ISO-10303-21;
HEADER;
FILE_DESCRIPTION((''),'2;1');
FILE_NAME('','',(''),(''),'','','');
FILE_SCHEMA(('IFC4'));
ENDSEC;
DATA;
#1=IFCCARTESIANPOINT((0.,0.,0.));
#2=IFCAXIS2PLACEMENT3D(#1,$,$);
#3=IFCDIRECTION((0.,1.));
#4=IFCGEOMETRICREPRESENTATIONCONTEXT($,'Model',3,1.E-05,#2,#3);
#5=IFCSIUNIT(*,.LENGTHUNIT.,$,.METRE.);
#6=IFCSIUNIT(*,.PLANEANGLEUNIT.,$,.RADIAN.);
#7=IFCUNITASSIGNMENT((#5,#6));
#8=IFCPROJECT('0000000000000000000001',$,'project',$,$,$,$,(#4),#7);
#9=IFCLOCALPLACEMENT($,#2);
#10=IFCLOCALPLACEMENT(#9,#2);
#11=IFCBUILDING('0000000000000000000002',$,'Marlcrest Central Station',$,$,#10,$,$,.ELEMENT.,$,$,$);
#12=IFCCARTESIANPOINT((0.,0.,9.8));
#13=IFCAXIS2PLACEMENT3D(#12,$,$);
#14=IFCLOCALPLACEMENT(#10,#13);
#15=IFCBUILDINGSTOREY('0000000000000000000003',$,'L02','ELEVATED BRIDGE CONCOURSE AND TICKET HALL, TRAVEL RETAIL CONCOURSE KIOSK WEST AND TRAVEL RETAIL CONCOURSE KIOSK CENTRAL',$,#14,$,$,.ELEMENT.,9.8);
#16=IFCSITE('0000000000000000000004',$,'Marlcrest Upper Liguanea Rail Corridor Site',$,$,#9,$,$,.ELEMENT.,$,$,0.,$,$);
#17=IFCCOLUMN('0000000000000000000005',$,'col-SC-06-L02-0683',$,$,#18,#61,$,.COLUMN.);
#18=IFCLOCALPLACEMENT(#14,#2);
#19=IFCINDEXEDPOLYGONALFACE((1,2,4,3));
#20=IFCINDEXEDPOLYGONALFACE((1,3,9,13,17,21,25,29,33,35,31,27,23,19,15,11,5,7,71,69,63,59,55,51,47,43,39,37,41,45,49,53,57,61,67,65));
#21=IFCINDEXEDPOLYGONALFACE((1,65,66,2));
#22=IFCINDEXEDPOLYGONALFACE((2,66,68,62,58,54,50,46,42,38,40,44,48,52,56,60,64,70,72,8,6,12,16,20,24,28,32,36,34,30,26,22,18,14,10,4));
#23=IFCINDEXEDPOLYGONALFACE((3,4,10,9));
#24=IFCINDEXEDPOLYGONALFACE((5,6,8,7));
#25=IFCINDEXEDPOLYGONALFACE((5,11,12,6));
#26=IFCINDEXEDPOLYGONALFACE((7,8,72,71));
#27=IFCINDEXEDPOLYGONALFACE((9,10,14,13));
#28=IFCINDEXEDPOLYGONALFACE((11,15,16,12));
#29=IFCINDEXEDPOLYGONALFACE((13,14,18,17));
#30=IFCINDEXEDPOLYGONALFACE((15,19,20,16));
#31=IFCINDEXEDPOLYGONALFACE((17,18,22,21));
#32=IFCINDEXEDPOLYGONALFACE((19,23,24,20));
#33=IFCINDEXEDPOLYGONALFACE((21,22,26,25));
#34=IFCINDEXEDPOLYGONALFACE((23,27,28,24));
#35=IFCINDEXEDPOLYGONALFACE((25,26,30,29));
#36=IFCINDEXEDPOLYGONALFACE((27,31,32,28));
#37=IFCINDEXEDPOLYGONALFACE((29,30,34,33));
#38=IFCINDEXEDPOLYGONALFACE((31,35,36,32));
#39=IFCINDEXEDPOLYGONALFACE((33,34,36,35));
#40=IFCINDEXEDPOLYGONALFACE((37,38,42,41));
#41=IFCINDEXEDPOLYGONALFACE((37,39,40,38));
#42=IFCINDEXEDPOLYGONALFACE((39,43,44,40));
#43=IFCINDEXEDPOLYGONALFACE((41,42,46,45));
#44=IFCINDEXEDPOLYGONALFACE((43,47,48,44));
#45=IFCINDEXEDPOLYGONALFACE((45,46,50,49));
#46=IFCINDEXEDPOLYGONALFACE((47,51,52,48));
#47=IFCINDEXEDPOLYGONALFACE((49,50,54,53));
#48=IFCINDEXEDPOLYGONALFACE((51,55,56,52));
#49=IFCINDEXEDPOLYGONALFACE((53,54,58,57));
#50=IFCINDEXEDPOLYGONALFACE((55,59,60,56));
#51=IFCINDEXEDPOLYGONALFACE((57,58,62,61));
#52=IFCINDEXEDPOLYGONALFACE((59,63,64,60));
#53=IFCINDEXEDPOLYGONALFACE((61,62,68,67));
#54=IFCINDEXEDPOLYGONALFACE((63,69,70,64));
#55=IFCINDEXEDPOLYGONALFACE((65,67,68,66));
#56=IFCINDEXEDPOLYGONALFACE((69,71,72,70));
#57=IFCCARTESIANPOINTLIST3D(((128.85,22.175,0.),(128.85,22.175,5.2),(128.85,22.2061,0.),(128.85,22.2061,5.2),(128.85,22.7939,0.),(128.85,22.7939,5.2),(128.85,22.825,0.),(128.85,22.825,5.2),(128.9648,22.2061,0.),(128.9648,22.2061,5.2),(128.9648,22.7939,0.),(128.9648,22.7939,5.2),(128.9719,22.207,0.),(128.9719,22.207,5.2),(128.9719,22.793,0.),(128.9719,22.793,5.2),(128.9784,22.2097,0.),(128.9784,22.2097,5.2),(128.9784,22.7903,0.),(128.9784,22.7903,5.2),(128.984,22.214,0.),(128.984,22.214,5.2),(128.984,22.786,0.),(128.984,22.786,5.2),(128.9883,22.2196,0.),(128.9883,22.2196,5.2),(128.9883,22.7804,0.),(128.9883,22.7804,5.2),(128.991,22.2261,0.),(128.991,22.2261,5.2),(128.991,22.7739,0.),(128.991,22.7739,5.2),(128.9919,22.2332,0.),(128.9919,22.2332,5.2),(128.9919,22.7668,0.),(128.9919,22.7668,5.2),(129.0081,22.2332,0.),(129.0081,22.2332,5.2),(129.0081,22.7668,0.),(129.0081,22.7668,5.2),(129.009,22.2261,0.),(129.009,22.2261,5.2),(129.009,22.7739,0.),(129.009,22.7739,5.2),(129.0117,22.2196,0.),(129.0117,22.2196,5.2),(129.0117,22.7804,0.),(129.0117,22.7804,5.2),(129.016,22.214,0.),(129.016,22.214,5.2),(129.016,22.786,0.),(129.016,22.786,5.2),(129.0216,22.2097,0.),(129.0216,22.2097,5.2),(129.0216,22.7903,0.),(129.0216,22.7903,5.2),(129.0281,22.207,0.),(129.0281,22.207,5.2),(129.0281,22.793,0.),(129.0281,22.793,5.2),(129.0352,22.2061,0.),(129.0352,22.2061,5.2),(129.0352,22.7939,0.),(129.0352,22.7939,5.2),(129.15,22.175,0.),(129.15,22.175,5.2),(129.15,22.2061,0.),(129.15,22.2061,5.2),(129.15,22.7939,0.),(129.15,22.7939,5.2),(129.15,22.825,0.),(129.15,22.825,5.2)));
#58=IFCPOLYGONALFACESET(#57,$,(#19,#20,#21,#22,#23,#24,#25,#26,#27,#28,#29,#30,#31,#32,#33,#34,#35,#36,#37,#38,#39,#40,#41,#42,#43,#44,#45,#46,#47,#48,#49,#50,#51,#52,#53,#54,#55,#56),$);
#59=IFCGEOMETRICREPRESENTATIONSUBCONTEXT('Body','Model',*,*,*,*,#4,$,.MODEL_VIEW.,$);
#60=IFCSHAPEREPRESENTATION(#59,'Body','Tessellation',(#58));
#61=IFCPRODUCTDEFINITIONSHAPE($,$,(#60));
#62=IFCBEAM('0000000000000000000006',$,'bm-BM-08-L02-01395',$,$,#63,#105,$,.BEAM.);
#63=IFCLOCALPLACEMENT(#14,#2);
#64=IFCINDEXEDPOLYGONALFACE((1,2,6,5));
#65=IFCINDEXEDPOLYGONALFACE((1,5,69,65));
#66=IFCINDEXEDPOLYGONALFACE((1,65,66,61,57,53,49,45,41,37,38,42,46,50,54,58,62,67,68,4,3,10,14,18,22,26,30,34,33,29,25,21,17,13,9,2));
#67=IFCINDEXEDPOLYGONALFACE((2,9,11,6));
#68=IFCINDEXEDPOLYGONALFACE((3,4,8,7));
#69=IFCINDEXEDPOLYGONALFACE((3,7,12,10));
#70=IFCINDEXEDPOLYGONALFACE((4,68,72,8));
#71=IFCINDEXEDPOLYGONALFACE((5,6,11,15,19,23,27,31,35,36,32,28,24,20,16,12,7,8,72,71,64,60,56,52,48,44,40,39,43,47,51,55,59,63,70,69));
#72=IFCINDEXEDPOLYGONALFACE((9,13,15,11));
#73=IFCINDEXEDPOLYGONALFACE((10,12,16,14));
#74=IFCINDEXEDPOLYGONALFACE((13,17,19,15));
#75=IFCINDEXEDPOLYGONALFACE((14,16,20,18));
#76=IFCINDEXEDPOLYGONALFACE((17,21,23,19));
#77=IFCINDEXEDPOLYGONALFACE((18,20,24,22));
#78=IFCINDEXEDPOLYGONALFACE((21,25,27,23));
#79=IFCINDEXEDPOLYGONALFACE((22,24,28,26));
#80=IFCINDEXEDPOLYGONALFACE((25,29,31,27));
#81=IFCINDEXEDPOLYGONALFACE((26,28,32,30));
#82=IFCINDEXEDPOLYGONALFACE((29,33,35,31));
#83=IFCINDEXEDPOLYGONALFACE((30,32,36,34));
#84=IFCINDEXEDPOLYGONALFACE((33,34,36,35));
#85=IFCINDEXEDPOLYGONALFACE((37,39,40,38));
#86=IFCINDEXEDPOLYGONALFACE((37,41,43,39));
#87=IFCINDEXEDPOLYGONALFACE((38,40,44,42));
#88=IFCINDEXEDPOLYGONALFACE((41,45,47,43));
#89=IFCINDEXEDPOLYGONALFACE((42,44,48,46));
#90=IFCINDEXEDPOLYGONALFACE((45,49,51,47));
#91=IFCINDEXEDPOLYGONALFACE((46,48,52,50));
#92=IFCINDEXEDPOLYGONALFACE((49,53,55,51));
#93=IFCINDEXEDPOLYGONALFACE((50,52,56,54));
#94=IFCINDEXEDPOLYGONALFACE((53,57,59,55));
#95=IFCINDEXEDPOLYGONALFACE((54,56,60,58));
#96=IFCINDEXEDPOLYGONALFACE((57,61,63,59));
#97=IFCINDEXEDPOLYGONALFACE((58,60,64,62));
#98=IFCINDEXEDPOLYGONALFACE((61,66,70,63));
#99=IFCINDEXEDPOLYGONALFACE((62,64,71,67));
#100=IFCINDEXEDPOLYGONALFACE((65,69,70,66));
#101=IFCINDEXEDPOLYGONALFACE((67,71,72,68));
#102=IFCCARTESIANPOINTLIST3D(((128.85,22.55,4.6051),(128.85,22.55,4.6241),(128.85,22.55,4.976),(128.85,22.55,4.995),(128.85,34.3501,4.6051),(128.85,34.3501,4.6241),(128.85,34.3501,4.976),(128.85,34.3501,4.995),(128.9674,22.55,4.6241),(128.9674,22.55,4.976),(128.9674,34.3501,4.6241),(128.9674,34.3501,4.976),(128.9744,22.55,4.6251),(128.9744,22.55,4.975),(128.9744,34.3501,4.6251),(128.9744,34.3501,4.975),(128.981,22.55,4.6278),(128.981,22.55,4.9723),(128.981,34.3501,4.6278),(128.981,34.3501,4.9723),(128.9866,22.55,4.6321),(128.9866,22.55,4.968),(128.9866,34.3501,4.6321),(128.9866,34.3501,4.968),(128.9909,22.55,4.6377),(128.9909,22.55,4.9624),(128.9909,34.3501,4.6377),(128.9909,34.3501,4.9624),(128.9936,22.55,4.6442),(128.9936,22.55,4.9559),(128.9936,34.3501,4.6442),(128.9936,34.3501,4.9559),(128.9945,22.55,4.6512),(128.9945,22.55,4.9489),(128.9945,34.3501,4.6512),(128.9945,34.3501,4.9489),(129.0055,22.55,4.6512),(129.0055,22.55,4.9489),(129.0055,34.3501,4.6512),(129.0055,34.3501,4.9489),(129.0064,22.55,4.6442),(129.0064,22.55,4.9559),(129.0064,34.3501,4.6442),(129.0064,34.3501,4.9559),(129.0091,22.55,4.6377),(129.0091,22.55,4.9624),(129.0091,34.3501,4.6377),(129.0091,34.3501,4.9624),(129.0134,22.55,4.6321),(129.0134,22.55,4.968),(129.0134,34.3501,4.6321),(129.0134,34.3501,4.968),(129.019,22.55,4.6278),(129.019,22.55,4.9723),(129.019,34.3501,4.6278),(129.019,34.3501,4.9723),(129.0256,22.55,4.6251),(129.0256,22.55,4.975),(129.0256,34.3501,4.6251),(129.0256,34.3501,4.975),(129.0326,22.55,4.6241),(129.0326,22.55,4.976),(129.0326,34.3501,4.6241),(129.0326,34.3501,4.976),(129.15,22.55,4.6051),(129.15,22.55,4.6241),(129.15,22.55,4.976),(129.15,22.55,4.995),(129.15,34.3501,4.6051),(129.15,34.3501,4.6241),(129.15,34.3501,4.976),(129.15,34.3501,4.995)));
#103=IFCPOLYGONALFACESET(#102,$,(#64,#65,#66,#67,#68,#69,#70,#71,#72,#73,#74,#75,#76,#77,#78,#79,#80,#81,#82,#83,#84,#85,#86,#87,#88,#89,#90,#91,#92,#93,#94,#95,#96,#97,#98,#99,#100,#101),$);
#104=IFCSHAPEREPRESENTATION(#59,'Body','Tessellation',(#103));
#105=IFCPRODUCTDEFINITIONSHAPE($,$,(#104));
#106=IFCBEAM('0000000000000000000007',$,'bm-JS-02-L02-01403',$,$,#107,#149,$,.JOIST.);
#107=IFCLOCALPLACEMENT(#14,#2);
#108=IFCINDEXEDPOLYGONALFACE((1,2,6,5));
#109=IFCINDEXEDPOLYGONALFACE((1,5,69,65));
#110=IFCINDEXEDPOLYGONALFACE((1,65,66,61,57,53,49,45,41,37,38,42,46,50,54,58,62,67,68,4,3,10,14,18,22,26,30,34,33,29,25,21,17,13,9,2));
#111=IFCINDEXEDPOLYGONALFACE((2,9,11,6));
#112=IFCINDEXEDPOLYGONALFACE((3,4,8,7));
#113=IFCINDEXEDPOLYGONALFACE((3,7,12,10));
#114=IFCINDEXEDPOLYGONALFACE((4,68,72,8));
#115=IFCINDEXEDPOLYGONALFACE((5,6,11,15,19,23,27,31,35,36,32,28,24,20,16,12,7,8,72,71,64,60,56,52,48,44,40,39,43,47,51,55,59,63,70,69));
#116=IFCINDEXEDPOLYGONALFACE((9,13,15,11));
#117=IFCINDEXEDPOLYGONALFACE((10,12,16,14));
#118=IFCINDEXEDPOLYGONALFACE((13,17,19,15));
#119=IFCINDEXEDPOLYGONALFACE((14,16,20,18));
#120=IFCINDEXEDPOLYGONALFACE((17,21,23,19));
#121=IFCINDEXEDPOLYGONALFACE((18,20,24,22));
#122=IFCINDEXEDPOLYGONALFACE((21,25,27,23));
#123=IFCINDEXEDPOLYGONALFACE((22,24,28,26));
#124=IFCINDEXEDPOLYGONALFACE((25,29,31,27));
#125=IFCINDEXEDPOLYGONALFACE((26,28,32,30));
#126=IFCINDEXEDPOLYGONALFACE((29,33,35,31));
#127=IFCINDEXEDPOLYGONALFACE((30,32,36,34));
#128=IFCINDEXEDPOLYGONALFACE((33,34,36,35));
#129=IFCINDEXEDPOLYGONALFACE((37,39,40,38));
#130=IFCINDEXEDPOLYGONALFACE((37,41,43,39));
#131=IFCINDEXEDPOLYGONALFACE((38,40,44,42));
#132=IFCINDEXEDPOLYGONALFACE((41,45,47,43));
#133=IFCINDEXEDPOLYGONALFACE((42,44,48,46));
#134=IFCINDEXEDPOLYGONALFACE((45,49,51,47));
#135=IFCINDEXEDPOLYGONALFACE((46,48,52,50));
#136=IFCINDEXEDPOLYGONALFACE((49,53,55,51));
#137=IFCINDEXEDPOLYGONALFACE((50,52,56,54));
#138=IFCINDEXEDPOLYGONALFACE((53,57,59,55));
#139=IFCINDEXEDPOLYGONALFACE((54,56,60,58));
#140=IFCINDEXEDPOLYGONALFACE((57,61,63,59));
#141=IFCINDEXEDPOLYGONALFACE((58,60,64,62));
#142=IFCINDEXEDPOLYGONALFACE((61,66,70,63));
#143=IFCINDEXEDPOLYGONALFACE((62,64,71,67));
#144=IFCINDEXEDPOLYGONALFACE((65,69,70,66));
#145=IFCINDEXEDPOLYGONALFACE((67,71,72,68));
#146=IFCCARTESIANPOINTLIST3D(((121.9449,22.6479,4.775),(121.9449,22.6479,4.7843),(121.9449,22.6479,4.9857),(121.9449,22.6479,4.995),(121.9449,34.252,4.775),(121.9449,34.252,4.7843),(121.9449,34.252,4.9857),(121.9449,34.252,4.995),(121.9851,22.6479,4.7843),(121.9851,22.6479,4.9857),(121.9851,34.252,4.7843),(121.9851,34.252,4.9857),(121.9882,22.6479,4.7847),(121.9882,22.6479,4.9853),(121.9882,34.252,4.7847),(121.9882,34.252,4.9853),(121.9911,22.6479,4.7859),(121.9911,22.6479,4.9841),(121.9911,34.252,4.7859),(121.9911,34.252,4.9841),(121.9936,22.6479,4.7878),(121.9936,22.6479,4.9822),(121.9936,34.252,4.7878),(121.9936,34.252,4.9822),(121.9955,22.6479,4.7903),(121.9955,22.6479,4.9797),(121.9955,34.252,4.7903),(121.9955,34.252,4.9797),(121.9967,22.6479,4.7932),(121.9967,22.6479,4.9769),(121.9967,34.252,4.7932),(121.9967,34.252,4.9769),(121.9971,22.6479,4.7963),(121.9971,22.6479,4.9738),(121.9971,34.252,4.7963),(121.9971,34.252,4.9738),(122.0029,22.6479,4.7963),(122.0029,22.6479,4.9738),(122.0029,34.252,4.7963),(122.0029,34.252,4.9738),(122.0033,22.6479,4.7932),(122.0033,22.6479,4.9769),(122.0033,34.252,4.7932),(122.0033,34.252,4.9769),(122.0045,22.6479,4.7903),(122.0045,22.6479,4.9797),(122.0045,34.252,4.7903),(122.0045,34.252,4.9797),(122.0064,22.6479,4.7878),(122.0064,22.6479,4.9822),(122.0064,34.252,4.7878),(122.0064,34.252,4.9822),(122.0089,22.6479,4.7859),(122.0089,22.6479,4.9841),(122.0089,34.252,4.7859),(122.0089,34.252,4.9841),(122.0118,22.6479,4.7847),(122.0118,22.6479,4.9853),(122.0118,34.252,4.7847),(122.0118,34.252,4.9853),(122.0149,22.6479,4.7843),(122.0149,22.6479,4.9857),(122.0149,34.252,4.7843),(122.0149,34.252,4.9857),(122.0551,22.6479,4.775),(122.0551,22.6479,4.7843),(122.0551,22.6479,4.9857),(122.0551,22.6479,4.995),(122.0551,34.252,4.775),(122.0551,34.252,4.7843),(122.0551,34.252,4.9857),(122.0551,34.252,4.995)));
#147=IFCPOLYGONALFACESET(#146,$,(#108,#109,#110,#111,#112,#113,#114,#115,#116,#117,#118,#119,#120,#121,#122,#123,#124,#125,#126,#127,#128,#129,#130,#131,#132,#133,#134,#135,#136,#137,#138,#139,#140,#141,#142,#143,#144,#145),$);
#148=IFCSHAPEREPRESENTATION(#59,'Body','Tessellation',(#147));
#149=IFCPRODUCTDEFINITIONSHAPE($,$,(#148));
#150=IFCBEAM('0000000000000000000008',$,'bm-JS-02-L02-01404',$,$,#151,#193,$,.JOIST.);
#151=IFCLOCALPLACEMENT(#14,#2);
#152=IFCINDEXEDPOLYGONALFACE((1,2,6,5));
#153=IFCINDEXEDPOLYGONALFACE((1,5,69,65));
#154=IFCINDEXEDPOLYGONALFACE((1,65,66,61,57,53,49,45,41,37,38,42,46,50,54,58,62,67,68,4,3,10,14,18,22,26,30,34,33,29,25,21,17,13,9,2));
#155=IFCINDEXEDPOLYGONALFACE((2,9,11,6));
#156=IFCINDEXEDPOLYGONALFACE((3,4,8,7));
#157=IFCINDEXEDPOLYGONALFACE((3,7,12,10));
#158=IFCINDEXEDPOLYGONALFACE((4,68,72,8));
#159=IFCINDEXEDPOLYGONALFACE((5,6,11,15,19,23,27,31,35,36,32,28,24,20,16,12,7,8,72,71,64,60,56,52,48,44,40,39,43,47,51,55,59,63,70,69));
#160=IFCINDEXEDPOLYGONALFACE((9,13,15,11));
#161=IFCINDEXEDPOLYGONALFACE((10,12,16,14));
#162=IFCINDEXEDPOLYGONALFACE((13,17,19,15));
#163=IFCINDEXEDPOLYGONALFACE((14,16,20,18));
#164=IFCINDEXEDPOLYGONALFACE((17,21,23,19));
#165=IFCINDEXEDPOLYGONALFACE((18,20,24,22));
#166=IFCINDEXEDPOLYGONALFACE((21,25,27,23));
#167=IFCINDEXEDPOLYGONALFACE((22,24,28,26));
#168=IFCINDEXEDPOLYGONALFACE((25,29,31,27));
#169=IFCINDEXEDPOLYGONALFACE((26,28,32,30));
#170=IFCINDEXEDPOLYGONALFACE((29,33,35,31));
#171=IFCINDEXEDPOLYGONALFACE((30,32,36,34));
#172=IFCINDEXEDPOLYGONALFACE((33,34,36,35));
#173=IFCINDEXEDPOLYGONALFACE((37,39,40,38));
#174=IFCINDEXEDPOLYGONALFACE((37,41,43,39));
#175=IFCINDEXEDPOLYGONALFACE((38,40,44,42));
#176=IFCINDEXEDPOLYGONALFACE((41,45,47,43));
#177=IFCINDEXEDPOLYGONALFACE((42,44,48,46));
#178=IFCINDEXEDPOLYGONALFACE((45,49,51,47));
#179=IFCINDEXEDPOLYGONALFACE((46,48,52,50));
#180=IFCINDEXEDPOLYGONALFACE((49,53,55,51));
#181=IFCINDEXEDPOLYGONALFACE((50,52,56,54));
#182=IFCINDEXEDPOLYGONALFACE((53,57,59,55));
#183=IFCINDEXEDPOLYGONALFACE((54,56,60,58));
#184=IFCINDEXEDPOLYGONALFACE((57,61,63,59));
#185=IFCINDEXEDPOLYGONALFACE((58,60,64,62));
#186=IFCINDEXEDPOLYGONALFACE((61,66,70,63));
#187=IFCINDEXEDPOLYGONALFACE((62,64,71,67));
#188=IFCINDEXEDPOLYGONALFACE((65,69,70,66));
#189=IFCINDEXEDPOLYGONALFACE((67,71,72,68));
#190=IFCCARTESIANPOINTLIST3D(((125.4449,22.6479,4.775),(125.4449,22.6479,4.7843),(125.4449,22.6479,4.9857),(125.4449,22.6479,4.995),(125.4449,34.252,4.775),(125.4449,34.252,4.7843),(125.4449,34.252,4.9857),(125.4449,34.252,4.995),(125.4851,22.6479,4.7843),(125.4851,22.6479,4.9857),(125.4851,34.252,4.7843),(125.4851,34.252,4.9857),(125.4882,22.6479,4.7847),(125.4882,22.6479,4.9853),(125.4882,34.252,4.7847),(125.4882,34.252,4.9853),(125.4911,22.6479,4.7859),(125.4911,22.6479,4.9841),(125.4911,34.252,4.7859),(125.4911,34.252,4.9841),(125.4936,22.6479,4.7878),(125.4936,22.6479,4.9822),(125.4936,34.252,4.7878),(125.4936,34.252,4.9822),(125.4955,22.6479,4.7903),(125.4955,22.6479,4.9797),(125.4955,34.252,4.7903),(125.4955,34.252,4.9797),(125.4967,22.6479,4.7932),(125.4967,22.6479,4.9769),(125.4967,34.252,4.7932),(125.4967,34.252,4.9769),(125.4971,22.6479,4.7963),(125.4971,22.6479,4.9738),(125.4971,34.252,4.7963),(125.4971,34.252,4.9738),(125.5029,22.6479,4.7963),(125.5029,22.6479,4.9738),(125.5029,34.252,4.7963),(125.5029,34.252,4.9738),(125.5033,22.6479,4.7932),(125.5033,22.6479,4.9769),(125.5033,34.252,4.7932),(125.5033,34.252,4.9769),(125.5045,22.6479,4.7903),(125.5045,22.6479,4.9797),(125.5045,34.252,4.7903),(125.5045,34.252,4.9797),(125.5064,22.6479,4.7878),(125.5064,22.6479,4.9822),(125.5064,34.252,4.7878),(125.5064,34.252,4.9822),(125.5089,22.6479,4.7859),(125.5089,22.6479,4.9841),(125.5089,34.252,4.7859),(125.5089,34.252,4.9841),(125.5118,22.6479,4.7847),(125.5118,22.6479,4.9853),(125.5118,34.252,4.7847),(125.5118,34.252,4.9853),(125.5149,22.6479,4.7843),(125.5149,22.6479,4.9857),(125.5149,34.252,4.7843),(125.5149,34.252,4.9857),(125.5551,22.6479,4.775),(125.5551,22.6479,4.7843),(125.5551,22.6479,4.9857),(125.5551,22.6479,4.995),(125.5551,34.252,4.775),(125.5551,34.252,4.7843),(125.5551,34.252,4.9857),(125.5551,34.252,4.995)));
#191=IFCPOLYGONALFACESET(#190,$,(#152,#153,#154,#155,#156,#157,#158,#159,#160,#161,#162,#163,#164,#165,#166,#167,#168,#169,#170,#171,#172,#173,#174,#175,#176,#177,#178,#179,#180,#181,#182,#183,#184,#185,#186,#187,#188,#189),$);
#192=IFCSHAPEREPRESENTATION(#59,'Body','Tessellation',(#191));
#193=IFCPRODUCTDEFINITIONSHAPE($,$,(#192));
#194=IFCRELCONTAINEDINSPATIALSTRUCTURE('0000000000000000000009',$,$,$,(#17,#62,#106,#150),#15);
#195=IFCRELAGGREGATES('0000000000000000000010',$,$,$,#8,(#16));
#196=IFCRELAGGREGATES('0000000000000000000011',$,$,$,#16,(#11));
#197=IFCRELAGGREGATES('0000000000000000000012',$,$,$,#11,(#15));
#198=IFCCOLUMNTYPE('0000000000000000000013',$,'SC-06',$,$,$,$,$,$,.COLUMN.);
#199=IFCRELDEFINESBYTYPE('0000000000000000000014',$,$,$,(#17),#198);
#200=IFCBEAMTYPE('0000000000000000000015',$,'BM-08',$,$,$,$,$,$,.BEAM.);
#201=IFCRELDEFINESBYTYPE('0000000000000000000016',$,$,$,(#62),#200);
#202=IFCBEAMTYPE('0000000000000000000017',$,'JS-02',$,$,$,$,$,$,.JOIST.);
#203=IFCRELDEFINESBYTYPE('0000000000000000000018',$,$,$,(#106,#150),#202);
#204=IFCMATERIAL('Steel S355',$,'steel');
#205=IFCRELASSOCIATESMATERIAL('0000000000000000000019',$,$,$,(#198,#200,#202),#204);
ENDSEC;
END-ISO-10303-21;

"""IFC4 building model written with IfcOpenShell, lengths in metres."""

from ifc_helpers import new_model, si_unit, direction, frame, origin, origin_2d, place, context, subcontext, project, spatial, i_section, extrude, material, material_profile, profile_set, type_object, element, save


model = new_model("IFC4")

# Units and contexts
model_context = context("Model", 3, precision=1e-05, world=origin(), true_north=direction((0.0, 1.0)))
body_context = subcontext(model_context, "Body", "Model", "MODEL_VIEW")
ifc_project = project(units=[si_unit("LENGTHUNIT", "METRE"), si_unit("PLANEANGLEUNIT", "RADIAN")], contexts=[model_context])

# Site, building, storey
site_placement = place(None, origin())
site = spatial("IfcSite", under=ifc_project, at=site_placement, Name="Marlcrest Upper Liguanea Rail Corridor Site", CompositionType="ELEMENT", RefElevation=0.0)
building_placement = place(site_placement, origin())
building = spatial("IfcBuilding", under=site, at=building_placement, Name="Marlcrest Central Station", CompositionType="ELEMENT")
storey_placement = place(building_placement, frame((0.0, 0.0, 9.8)))
storey = spatial("IfcBuildingStorey", under=building, at=storey_placement, Name="L02", Description="ELEVATED BRIDGE CONCOURSE AND TICKET HALL, TRAVEL RETAIL CONCOURSE KIOSK WEST AND TRAVEL RETAIL CONCOURSE KIOSK CENTRAL", CompositionType="ELEMENT", Elevation=9.8)

# Column
ifc_material_1 = material(Name="Steel S355", Category="steel")
ifc_material_profile_1 = material_profile(ifc_material_1, i_section(OverallWidth=0.3, OverallDepth=0.6499, WebThickness=0.0161, FlangeThickness=0.031, FilletRadius=0.0271, at=origin_2d()), Name="HEB 650")
ifc_profile_set_1 = profile_set([ifc_material_profile_1], Name="Steel S355")
column_type = type_object("IfcColumnType", Name="SC-06", PredefinedType="COLUMN", material=ifc_profile_set_1)
column_placement = place(storey_placement, frame((129.0, 22.5, 0.0), z_axis=(0.0, 0.0, 1.0), x_axis=(1.0, 0.0, 0.0)))
element("IfcColumn", 1, at=column_placement, inside=storey, type_object=column_type, Name="col-SC-06-L02-0683", PredefinedType="COLUMN", context=body_context, shape_type="SweptSolid", body=[
    extrude(i_section(OverallWidth=0.3, OverallDepth=0.6499, WebThickness=0.0161, FlangeThickness=0.031, FilletRadius=0.0271, at=origin_2d()), origin(), (0.0, 0.0, 1.0), 5.2),
])

# Beams
ifc_material_profile_2 = material_profile(ifc_material_1, i_section(OverallWidth=0.3, OverallDepth=0.3899, WebThickness=0.011, FlangeThickness=0.019, FilletRadius=0.0271, at=origin_2d()), Name="HEA 400")
ifc_profile_set_2 = profile_set([ifc_material_profile_2], Name="Steel S355")
beam_type_1 = type_object("IfcBeamType", Name="BM-08", PredefinedType="BEAM", material=ifc_profile_set_2)
beam_placement = place(storey_placement, frame((129.0, 22.55, 4.8), z_axis=(0.0, 1.0, 0.0), x_axis=(-1.0, 0.0, 0.0)))
element("IfcBeam", 2, at=beam_placement, inside=storey, type_object=beam_type_1, Name="bm-BM-08-L02-01395", PredefinedType="BEAM", context=body_context, shape_type="SweptSolid", body=[
    extrude(i_section(OverallWidth=0.3, OverallDepth=0.3899, WebThickness=0.011, FlangeThickness=0.019, FilletRadius=0.0271, at=origin_2d()), origin(), (0.0, 0.0, 1.0), 11.8),
])
ifc_material_profile_3 = material_profile(ifc_material_1, i_section(OverallWidth=0.1101, OverallDepth=0.22, WebThickness=0.0059, FlangeThickness=0.0093, FilletRadius=0.012, at=origin_2d()), Name="IPE 220")
ifc_profile_set_3 = profile_set([ifc_material_profile_3], Name="Steel S355")
beam_type_2 = type_object("IfcBeamType", Name="JS-02", PredefinedType="JOIST", material=ifc_profile_set_3)
for number, where, z_axis, x_axis, name in (
    (3, (122.0, 22.6479, 4.885), (0.0, 1.0, 0.0), (-1.0, 0.0, 0.0), "bm-JS-02-L02-01403"),
    (4, (125.5, 22.6479, 4.885), (0.0, 1.0, 0.0), (-1.0, 0.0, 0.0), "bm-JS-02-L02-01404"),
):
    element("IfcBeam", number, at=place(storey_placement, frame(where, z_axis=z_axis, x_axis=x_axis)), inside=storey, type_object=beam_type_2, Name=name, PredefinedType="JOIST", context=body_context, shape_type="SweptSolid", body=[
        extrude(i_section(OverallWidth=0.1101, OverallDepth=0.22, WebThickness=0.0059, FlangeThickness=0.0093, FilletRadius=0.012, at=origin_2d()), origin(), (0.0, 0.0, 1.0), 11.604),
    ])

save(model, "model.ifc")
